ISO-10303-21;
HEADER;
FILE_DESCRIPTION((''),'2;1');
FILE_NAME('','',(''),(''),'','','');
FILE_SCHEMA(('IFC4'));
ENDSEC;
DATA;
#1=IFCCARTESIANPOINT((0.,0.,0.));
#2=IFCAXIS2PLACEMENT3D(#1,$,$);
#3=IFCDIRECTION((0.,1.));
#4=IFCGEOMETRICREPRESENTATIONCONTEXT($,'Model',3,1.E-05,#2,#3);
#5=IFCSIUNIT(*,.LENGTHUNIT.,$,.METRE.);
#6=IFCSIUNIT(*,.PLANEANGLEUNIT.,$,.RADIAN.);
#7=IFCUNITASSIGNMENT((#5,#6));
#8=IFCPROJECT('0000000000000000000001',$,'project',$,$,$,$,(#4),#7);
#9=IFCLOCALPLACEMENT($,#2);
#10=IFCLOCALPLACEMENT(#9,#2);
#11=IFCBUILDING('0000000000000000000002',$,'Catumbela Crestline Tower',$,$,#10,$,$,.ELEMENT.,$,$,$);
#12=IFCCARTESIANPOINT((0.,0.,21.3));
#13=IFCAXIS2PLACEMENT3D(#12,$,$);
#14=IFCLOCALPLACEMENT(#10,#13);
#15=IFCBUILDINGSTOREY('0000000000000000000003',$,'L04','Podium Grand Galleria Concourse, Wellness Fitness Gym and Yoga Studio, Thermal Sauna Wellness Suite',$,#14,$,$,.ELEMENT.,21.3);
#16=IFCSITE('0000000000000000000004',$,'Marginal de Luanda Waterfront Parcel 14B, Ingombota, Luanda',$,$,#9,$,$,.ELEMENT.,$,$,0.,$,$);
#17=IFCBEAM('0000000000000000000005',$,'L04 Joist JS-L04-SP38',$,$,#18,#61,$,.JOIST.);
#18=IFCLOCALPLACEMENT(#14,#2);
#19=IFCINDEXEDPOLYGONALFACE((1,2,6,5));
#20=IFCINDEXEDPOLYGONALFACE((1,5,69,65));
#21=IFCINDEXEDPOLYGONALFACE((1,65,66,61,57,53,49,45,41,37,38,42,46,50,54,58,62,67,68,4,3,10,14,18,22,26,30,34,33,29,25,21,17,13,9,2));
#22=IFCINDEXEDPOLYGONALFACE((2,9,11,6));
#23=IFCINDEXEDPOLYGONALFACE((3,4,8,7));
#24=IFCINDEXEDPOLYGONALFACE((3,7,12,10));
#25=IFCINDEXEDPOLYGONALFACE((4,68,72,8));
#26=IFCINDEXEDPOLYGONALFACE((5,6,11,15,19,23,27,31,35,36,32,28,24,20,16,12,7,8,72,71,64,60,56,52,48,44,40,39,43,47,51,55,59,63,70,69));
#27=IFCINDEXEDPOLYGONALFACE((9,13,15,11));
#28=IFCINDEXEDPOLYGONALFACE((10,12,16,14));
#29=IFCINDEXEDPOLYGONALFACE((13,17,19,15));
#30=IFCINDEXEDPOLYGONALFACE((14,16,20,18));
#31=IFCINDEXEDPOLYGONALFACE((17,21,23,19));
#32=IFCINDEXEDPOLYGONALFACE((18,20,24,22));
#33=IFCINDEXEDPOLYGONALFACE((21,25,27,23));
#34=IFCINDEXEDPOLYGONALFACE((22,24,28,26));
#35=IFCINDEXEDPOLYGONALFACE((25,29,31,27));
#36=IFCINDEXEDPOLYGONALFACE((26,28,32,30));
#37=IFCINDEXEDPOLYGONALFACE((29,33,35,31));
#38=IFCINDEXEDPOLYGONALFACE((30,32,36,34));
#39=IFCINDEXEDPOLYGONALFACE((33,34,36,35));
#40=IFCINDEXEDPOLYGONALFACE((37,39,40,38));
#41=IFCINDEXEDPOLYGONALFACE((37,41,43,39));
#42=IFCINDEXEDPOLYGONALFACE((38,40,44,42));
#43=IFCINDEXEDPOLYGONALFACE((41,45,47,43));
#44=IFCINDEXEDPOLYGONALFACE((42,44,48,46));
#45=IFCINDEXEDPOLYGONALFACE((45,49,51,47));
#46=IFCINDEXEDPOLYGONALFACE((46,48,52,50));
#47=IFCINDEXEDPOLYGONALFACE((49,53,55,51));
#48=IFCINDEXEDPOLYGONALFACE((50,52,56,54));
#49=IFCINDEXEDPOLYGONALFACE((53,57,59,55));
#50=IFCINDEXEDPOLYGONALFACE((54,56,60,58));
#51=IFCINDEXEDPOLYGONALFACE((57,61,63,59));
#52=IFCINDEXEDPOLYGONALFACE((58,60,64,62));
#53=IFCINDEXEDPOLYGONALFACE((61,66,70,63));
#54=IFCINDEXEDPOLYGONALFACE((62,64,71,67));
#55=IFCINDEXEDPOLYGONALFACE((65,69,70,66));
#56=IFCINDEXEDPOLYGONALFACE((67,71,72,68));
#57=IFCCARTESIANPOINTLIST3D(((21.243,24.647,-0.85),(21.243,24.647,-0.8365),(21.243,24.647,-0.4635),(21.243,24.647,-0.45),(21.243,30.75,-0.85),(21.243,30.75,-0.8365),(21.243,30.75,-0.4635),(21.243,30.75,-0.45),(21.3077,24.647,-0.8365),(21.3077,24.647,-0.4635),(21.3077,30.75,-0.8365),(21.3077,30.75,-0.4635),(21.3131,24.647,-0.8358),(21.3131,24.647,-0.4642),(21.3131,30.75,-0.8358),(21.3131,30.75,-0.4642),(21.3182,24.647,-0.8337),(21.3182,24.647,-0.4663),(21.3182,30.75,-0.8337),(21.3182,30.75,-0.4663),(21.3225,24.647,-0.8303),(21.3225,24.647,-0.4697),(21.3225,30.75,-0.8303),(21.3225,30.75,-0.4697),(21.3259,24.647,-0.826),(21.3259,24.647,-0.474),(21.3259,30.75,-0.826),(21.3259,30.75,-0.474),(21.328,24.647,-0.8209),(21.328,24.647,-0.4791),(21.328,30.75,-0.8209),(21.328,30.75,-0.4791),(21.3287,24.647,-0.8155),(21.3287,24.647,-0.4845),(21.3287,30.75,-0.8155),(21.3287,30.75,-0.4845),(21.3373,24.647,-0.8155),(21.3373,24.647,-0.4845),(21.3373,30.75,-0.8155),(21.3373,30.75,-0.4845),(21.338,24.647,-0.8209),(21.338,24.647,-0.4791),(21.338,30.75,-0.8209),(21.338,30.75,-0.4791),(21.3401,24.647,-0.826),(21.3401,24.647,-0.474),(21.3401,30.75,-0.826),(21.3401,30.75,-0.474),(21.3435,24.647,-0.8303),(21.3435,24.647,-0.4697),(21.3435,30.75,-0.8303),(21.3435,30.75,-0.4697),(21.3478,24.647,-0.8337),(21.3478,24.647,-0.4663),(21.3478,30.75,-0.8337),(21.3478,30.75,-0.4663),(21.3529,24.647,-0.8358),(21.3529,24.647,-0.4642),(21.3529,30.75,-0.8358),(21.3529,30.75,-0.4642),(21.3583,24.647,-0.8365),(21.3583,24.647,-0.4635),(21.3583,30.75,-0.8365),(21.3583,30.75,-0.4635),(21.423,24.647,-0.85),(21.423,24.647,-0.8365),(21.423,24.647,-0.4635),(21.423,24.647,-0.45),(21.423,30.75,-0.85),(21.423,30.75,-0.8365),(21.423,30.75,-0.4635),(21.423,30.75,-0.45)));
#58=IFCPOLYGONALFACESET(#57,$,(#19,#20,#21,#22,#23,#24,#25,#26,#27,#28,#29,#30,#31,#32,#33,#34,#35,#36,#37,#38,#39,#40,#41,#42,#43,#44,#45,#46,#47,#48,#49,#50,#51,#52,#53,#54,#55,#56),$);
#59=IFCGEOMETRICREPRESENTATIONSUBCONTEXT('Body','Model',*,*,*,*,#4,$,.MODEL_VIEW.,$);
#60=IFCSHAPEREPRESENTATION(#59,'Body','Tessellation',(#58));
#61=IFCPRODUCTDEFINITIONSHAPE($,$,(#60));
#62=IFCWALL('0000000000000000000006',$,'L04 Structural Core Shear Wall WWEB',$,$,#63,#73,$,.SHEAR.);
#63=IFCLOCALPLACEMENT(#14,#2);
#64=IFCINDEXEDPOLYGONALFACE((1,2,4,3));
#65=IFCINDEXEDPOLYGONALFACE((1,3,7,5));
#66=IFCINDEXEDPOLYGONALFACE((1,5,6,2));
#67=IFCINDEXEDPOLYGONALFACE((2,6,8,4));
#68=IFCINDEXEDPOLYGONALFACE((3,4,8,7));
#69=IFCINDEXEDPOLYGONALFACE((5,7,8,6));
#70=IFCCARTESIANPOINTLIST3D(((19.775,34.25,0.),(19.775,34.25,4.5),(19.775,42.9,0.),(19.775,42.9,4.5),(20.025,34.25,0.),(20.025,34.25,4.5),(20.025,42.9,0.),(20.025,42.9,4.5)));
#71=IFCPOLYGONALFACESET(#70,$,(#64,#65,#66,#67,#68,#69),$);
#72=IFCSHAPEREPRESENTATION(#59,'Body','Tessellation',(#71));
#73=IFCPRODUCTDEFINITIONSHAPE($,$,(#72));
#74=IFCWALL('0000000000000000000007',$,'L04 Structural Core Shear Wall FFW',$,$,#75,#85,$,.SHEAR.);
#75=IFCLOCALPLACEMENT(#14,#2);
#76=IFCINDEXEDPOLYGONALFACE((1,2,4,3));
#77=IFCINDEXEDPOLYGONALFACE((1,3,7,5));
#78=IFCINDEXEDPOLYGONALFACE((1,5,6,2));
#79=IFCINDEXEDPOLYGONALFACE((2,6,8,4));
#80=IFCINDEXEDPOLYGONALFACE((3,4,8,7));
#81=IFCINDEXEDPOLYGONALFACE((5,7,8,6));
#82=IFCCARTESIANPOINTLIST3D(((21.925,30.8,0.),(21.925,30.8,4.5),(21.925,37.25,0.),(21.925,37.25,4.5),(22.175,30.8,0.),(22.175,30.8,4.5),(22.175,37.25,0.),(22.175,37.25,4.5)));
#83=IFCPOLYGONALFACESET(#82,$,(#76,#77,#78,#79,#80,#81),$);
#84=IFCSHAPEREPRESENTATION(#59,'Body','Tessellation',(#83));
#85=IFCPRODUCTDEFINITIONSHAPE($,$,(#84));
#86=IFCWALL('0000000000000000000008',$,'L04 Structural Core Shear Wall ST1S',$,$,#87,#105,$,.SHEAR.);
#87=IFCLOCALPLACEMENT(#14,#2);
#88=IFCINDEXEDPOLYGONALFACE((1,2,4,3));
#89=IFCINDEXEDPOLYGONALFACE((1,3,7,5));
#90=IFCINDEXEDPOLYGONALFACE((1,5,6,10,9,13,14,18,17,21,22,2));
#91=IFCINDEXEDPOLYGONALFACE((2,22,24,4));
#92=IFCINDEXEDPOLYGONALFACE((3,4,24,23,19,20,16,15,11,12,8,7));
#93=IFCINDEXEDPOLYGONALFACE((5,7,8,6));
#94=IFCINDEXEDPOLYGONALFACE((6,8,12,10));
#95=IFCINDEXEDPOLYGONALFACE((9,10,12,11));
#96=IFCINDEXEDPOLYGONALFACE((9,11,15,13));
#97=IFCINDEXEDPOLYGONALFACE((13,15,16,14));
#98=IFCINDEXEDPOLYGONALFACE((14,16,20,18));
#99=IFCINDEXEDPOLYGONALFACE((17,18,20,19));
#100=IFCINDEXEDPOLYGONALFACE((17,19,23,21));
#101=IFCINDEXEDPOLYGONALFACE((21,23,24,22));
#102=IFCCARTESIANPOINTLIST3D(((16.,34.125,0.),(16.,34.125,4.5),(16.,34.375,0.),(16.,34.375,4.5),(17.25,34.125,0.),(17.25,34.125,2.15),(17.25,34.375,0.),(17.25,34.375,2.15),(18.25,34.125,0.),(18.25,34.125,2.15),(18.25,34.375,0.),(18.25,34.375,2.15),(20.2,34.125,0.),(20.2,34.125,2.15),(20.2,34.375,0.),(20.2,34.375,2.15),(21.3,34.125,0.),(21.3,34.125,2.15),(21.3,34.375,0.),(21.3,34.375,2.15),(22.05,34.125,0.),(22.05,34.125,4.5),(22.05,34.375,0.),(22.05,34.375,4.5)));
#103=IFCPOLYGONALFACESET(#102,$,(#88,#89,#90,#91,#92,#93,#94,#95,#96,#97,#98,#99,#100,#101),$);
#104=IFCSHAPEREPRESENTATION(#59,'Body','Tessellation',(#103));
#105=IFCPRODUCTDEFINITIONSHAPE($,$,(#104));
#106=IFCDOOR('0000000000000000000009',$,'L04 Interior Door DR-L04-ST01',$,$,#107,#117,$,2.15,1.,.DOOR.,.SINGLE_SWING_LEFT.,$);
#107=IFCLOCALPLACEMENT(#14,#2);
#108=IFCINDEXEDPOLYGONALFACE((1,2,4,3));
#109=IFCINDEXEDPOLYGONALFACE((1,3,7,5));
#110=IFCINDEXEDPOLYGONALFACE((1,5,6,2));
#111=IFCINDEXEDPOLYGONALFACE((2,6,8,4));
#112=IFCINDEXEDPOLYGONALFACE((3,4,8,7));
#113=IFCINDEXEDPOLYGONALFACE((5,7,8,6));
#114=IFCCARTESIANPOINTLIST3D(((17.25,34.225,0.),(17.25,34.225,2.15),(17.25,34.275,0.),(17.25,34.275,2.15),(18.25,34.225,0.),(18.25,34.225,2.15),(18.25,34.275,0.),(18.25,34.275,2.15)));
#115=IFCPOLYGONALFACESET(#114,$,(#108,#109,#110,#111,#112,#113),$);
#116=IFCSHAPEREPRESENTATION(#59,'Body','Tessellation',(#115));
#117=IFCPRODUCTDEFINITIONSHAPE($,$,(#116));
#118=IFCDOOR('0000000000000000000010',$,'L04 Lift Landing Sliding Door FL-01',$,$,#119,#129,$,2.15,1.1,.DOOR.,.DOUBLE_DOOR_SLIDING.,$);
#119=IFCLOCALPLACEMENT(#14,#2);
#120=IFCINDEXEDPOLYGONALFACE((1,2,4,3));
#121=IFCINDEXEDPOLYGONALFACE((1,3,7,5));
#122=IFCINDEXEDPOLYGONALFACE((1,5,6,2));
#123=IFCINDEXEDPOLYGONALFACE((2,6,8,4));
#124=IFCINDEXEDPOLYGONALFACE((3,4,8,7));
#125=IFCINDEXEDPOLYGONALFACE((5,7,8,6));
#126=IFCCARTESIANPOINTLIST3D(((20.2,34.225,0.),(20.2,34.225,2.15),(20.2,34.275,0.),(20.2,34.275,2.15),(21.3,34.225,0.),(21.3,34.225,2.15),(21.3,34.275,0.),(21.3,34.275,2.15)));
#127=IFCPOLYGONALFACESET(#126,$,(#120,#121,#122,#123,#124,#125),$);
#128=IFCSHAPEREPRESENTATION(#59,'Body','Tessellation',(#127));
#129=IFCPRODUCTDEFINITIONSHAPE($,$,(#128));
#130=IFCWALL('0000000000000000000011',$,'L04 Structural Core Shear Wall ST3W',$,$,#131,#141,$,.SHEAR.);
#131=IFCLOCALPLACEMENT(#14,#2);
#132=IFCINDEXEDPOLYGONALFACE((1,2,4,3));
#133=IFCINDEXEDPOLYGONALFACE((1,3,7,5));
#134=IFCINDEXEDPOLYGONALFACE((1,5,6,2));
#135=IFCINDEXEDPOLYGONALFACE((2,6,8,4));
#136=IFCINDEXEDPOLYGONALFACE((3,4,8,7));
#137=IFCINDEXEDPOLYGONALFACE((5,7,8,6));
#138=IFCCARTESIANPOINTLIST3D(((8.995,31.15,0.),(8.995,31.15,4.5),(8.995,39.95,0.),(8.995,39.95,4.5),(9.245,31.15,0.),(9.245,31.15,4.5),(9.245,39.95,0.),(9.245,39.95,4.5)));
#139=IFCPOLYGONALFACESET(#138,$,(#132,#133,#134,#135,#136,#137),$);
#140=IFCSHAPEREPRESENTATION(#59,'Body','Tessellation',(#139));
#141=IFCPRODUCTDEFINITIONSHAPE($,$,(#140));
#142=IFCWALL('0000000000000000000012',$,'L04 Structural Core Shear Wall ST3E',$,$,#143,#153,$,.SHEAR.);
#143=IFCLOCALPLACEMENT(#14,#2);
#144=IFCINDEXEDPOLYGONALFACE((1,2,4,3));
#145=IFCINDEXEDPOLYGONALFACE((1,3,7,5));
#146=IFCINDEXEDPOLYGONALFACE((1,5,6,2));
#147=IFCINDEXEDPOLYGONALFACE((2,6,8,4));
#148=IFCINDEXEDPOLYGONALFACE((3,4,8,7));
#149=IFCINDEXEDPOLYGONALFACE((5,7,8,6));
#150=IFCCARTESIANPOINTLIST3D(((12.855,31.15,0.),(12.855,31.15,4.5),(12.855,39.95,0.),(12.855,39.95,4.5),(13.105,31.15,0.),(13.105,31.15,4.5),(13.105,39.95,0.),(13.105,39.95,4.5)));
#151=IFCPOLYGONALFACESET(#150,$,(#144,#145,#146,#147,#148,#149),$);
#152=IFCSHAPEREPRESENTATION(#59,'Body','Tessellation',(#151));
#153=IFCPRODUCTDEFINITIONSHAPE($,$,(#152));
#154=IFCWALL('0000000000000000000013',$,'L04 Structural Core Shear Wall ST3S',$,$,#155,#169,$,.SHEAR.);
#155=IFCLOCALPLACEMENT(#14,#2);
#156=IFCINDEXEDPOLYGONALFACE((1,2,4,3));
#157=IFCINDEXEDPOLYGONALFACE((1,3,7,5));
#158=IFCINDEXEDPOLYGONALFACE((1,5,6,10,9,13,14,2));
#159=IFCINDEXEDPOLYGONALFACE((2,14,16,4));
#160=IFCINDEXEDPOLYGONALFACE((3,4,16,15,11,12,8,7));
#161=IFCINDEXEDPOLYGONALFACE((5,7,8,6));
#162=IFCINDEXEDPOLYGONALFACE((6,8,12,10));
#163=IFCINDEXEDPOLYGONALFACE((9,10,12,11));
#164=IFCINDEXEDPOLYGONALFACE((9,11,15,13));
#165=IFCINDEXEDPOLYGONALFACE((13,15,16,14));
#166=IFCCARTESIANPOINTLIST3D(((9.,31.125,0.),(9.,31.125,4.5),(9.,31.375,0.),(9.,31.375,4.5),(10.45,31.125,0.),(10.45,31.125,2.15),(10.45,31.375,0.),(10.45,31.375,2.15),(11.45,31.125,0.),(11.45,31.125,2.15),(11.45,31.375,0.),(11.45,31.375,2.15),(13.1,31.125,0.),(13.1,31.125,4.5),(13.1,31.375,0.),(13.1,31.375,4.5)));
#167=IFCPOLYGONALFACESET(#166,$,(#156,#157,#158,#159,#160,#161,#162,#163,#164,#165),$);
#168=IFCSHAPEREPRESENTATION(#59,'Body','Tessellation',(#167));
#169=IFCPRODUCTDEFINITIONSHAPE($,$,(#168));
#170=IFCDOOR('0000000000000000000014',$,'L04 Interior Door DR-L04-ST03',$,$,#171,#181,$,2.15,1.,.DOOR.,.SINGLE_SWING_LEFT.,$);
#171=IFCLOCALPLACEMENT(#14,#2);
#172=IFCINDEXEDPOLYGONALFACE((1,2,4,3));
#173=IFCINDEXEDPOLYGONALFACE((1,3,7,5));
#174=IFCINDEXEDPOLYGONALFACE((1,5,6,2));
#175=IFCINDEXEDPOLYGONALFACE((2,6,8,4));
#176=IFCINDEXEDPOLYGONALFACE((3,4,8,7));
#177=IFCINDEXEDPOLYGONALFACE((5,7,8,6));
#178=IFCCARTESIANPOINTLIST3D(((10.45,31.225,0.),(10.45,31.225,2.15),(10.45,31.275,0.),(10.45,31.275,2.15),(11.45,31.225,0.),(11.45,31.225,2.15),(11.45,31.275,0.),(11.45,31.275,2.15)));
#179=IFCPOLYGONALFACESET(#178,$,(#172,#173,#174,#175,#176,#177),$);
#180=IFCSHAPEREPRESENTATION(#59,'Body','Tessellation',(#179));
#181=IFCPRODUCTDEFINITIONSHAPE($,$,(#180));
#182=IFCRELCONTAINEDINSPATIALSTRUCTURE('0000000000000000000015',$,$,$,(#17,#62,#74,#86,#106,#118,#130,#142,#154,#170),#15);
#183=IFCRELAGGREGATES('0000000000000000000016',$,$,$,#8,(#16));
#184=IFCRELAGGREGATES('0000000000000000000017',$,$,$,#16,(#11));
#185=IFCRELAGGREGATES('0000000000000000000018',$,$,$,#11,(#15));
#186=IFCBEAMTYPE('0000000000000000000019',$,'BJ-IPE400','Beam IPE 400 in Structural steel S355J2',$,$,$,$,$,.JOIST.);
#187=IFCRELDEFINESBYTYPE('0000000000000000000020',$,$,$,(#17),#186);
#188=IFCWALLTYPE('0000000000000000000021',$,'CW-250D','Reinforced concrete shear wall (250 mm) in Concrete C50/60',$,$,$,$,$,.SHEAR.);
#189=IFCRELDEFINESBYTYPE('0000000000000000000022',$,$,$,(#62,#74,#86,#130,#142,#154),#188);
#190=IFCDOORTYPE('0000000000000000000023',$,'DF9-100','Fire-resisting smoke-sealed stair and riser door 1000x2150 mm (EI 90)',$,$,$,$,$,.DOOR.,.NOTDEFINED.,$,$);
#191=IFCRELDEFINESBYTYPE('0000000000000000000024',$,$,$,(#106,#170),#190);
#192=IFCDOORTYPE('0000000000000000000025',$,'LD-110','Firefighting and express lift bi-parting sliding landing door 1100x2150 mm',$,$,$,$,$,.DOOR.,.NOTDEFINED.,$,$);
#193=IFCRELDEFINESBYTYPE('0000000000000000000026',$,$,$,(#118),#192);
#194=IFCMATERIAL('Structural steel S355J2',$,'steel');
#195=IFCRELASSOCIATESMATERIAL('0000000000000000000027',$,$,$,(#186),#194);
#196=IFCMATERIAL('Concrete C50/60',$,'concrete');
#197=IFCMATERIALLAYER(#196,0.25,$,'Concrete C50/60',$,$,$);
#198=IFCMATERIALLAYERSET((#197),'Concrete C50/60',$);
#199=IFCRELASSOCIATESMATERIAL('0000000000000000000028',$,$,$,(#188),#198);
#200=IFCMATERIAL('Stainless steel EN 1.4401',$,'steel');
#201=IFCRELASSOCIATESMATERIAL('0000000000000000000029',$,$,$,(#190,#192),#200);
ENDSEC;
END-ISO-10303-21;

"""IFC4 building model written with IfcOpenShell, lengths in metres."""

from ifc_helpers import new_model, si_unit, direction, frame, frame_2d, origin, origin_2d, place, context, subcontext, project, spatial, rectangle, i_section, extrude, material, layer, layer_set, material_profile, profile_set, type_object, element, fill, save


model = new_model("IFC4")

# Units and contexts
model_context = context("Model", 3, precision=1e-05, world=origin(), true_north=direction((0.0, 1.0)))
body_context = subcontext(model_context, "Body", "Model", "MODEL_VIEW")
ifc_project = project(units=[si_unit("LENGTHUNIT", "METRE"), si_unit("PLANEANGLEUNIT", "RADIAN")], contexts=[model_context])

# Site, building, storey
site_placement = place(None, origin())
site = spatial("IfcSite", under=ifc_project, at=site_placement, Name="Marginal de Luanda Waterfront Parcel 14B, Ingombota, Luanda", CompositionType="ELEMENT", RefElevation=0.0)
building_placement = place(site_placement, origin())
building = spatial("IfcBuilding", under=site, at=building_placement, Name="Catumbela Crestline Tower", CompositionType="ELEMENT")
storey_placement = place(building_placement, frame((0.0, 0.0, 21.3)))
storey = spatial("IfcBuildingStorey", under=building, at=storey_placement, Name="L04", Description="Podium Grand Galleria Concourse, Wellness Fitness Gym and Yoga Studio, Thermal Sauna Wellness Suite", CompositionType="ELEMENT", Elevation=21.3)

# Beam
ifc_material_1 = material(Name="Structural steel S355J2", Category="steel")
ifc_material_profile_1 = material_profile(ifc_material_1, i_section(OverallWidth=0.18, OverallDepth=0.4, WebThickness=0.0086, FlangeThickness=0.0135, FilletRadius=0.021, at=origin_2d()), Name="IPE 400")
ifc_profile_set_1 = profile_set([ifc_material_profile_1], Name="Structural steel S355J2")
beam_type_1 = type_object("IfcBeamType", Name="BJ-IPE400", Description="Beam IPE 400 in Structural steel S355J2", PredefinedType="JOIST", material=ifc_profile_set_1)
for number, where, z_axis, x_axis, name in (
    (1, (21.333, 24.647, -0.65), (0.0, 1.0, 0.0), (-1.0, 0.0, 0.0), "L04 Joist JS-L04-SP38"),
):
    element("IfcBeam", number, at=place(storey_placement, frame(where, z_axis=z_axis, x_axis=x_axis)), inside=storey, type_object=beam_type_1, Name=name, PredefinedType="JOIST", context=body_context, shape_type="SweptSolid", body=[
        extrude(i_section(OverallWidth=0.18, OverallDepth=0.4, WebThickness=0.0086, FlangeThickness=0.0135, FilletRadius=0.021, at=origin_2d()), origin(), (0.0, 0.0, 1.0), 6.103),
    ])

# Walls
ifc_material_2 = material(Name="Concrete C50/60", Category="concrete")
ifc_layer_1 = layer(ifc_material_2, 0.25, Name="Concrete C50/60")
ifc_layer_set_1 = layer_set([ifc_layer_1], Name="Concrete C50/60")
wall_type_1 = type_object("IfcWallType", Name="CW-250D", Description="Reinforced concrete shear wall (250 mm) in Concrete C50/60", PredefinedType="SHEAR", material=ifc_layer_set_1)
wall_1_placement = place(storey_placement, frame((19.9, 34.25, 0.0), z_axis=(0.0, 0.0, 1.0), x_axis=(0.0, 1.0, 0.0)))
element("IfcWall", 2, at=wall_1_placement, inside=storey, type_object=wall_type_1, Name="L04 Structural Core Shear Wall WWEB", PredefinedType="SHEAR", context=body_context, shape_type="SweptSolid", body=[
    extrude(rectangle(XDim=8.65, YDim=0.25, at=frame_2d((4.325, 0.0))), origin(), (0.0, 0.0, 1.0), 4.5),
])
wall_2_placement = place(storey_placement, frame((22.05, 30.8, 0.0), z_axis=(0.0, 0.0, 1.0), x_axis=(0.0, 1.0, 0.0)))
element("IfcWall", 3, at=wall_2_placement, inside=storey, type_object=wall_type_1, Name="L04 Structural Core Shear Wall FFW", PredefinedType="SHEAR", context=body_context, shape_type="SweptSolid", body=[
    extrude(rectangle(XDim=6.45, YDim=0.25, at=frame_2d((3.225, 0.0))), origin(), (0.0, 0.0, 1.0), 4.5),
])

# Wall, openings, doors
wall_3_placement = place(storey_placement, frame((16.0, 34.25, 0.0), z_axis=(0.0, 0.0, 1.0), x_axis=(1.0, 0.0, 0.0)))
wall_3 = element("IfcWall", 4, at=wall_3_placement, inside=storey, type_object=wall_type_1, Name="L04 Structural Core Shear Wall ST1S", PredefinedType="SHEAR", context=body_context, shape_type="SweptSolid", body=[
    extrude(rectangle(XDim=6.05, YDim=0.25, at=frame_2d((3.025, 0.0))), origin(), (0.0, 0.0, 1.0), 4.5),
])
opening_1_placement = place(wall_3_placement, frame((1.25, 0.0, 0.0)))
opening_1 = element("IfcOpeningElement", 5, at=opening_1_placement, cuts=wall_3, PredefinedType="OPENING", context=body_context, shape_type="SweptSolid", body=[
    extrude(rectangle(XDim=1.0, YDim=2.15, at=frame_2d((0.5, 1.075))), frame((0.0, 0.135, 0.0), z_axis=(0.0, -1.0, 0.0), x_axis=(1.0, 0.0, 0.0)), (0.0, 0.0, 1.0), 0.27),
])
opening_2_placement = place(wall_3_placement, frame((4.2, 0.0, 0.0)))
opening_2 = element("IfcOpeningElement", 6, at=opening_2_placement, cuts=wall_3, PredefinedType="OPENING", context=body_context, shape_type="SweptSolid", body=[
    extrude(rectangle(XDim=1.1, YDim=2.15, at=frame_2d((0.55, 1.075))), frame((0.0, 0.135, 0.0), z_axis=(0.0, -1.0, 0.0), x_axis=(1.0, 0.0, 0.0)), (0.0, 0.0, 1.0), 0.27),
])
ifc_material_3 = material(Name="Stainless steel EN 1.4401", Category="steel")
door_type_1 = type_object("IfcDoorType", Name="DF9-100", Description="Fire-resisting smoke-sealed stair and riser door 1000x2150 mm (EI 90)", OperationType="NOTDEFINED", PredefinedType="DOOR", material=ifc_material_3)
door_1_placement = place(opening_1_placement, origin())
door_1 = element("IfcDoor", 7, at=door_1_placement, inside=storey, type_object=door_type_1, Name="L04 Interior Door DR-L04-ST01", OperationType="SINGLE_SWING_LEFT", OverallHeight=2.15, OverallWidth=1.0, PredefinedType="DOOR", context=body_context, shape_type="SweptSolid", body=[
    extrude(rectangle(XDim=1.0, YDim=2.15, at=frame_2d((0.5, 1.075))), frame((0.0, 0.025, 0.0), z_axis=(0.0, -1.0, 0.0), x_axis=(1.0, 0.0, 0.0)), (0.0, 0.0, 1.0), 0.05),
])
fill(opening_1, door_1)
door_type_2 = type_object("IfcDoorType", Name="LD-110", Description="Firefighting and express lift bi-parting sliding landing door 1100x2150 mm", OperationType="NOTDEFINED", PredefinedType="DOOR", material=ifc_material_3)
door_2_placement = place(opening_2_placement, origin())
door_2 = element("IfcDoor", 8, at=door_2_placement, inside=storey, type_object=door_type_2, Name="L04 Lift Landing Sliding Door FL-01", OperationType="DOUBLE_DOOR_SLIDING", OverallHeight=2.15, OverallWidth=1.1, PredefinedType="DOOR", context=body_context, shape_type="SweptSolid", body=[
    extrude(rectangle(XDim=1.1, YDim=2.15, at=frame_2d((0.55, 1.075))), frame((0.0, 0.025, 0.0), z_axis=(0.0, -1.0, 0.0), x_axis=(1.0, 0.0, 0.0)), (0.0, 0.0, 1.0), 0.05),
])
fill(opening_2, door_2)

# Walls
for number, where, z_axis, x_axis, name in (
    (9, (9.12, 31.15, 0.0), (0.0, 0.0, 1.0), (0.0, 1.0, 0.0), "L04 Structural Core Shear Wall ST3W"),
    (10, (12.98, 31.15, 0.0), (0.0, 0.0, 1.0), (0.0, 1.0, 0.0), "L04 Structural Core Shear Wall ST3E"),
):
    element("IfcWall", number, at=place(storey_placement, frame(where, z_axis=z_axis, x_axis=x_axis)), inside=storey, type_object=wall_type_1, Name=name, PredefinedType="SHEAR", context=body_context, shape_type="SweptSolid", body=[
        extrude(rectangle(XDim=8.8, YDim=0.25, at=frame_2d((4.4, 0.0))), origin(), (0.0, 0.0, 1.0), 4.5),
    ])

# Wall, opening, door
wall_4_placement = place(storey_placement, frame((9.0, 31.25, 0.0), z_axis=(0.0, 0.0, 1.0), x_axis=(1.0, 0.0, 0.0)))
wall_4 = element("IfcWall", 11, at=wall_4_placement, inside=storey, type_object=wall_type_1, Name="L04 Structural Core Shear Wall ST3S", PredefinedType="SHEAR", context=body_context, shape_type="SweptSolid", body=[
    extrude(rectangle(XDim=4.1, YDim=0.25, at=frame_2d((2.05, 0.0))), origin(), (0.0, 0.0, 1.0), 4.5),
])
opening_3_placement = place(wall_4_placement, frame((1.45, 0.0, 0.0)))
opening_3 = element("IfcOpeningElement", 12, at=opening_3_placement, cuts=wall_4, PredefinedType="OPENING", context=body_context, shape_type="SweptSolid", body=[
    extrude(rectangle(XDim=1.0, YDim=2.15, at=frame_2d((0.5, 1.075))), frame((0.0, 0.135, 0.0), z_axis=(0.0, -1.0, 0.0), x_axis=(1.0, 0.0, 0.0)), (0.0, 0.0, 1.0), 0.27),
])
door_3_placement = place(opening_3_placement, origin())
door_3 = element("IfcDoor", 13, at=door_3_placement, inside=storey, type_object=door_type_1, Name="L04 Interior Door DR-L04-ST03", OperationType="SINGLE_SWING_LEFT", OverallHeight=2.15, OverallWidth=1.0, PredefinedType="DOOR", context=body_context, shape_type="SweptSolid", body=[
    extrude(rectangle(XDim=1.0, YDim=2.15, at=frame_2d((0.5, 1.075))), frame((0.0, 0.025, 0.0), z_axis=(0.0, -1.0, 0.0), x_axis=(1.0, 0.0, 0.0)), (0.0, 0.0, 1.0), 0.05),
])
fill(opening_3, door_3)

save(model, "model.ifc")
